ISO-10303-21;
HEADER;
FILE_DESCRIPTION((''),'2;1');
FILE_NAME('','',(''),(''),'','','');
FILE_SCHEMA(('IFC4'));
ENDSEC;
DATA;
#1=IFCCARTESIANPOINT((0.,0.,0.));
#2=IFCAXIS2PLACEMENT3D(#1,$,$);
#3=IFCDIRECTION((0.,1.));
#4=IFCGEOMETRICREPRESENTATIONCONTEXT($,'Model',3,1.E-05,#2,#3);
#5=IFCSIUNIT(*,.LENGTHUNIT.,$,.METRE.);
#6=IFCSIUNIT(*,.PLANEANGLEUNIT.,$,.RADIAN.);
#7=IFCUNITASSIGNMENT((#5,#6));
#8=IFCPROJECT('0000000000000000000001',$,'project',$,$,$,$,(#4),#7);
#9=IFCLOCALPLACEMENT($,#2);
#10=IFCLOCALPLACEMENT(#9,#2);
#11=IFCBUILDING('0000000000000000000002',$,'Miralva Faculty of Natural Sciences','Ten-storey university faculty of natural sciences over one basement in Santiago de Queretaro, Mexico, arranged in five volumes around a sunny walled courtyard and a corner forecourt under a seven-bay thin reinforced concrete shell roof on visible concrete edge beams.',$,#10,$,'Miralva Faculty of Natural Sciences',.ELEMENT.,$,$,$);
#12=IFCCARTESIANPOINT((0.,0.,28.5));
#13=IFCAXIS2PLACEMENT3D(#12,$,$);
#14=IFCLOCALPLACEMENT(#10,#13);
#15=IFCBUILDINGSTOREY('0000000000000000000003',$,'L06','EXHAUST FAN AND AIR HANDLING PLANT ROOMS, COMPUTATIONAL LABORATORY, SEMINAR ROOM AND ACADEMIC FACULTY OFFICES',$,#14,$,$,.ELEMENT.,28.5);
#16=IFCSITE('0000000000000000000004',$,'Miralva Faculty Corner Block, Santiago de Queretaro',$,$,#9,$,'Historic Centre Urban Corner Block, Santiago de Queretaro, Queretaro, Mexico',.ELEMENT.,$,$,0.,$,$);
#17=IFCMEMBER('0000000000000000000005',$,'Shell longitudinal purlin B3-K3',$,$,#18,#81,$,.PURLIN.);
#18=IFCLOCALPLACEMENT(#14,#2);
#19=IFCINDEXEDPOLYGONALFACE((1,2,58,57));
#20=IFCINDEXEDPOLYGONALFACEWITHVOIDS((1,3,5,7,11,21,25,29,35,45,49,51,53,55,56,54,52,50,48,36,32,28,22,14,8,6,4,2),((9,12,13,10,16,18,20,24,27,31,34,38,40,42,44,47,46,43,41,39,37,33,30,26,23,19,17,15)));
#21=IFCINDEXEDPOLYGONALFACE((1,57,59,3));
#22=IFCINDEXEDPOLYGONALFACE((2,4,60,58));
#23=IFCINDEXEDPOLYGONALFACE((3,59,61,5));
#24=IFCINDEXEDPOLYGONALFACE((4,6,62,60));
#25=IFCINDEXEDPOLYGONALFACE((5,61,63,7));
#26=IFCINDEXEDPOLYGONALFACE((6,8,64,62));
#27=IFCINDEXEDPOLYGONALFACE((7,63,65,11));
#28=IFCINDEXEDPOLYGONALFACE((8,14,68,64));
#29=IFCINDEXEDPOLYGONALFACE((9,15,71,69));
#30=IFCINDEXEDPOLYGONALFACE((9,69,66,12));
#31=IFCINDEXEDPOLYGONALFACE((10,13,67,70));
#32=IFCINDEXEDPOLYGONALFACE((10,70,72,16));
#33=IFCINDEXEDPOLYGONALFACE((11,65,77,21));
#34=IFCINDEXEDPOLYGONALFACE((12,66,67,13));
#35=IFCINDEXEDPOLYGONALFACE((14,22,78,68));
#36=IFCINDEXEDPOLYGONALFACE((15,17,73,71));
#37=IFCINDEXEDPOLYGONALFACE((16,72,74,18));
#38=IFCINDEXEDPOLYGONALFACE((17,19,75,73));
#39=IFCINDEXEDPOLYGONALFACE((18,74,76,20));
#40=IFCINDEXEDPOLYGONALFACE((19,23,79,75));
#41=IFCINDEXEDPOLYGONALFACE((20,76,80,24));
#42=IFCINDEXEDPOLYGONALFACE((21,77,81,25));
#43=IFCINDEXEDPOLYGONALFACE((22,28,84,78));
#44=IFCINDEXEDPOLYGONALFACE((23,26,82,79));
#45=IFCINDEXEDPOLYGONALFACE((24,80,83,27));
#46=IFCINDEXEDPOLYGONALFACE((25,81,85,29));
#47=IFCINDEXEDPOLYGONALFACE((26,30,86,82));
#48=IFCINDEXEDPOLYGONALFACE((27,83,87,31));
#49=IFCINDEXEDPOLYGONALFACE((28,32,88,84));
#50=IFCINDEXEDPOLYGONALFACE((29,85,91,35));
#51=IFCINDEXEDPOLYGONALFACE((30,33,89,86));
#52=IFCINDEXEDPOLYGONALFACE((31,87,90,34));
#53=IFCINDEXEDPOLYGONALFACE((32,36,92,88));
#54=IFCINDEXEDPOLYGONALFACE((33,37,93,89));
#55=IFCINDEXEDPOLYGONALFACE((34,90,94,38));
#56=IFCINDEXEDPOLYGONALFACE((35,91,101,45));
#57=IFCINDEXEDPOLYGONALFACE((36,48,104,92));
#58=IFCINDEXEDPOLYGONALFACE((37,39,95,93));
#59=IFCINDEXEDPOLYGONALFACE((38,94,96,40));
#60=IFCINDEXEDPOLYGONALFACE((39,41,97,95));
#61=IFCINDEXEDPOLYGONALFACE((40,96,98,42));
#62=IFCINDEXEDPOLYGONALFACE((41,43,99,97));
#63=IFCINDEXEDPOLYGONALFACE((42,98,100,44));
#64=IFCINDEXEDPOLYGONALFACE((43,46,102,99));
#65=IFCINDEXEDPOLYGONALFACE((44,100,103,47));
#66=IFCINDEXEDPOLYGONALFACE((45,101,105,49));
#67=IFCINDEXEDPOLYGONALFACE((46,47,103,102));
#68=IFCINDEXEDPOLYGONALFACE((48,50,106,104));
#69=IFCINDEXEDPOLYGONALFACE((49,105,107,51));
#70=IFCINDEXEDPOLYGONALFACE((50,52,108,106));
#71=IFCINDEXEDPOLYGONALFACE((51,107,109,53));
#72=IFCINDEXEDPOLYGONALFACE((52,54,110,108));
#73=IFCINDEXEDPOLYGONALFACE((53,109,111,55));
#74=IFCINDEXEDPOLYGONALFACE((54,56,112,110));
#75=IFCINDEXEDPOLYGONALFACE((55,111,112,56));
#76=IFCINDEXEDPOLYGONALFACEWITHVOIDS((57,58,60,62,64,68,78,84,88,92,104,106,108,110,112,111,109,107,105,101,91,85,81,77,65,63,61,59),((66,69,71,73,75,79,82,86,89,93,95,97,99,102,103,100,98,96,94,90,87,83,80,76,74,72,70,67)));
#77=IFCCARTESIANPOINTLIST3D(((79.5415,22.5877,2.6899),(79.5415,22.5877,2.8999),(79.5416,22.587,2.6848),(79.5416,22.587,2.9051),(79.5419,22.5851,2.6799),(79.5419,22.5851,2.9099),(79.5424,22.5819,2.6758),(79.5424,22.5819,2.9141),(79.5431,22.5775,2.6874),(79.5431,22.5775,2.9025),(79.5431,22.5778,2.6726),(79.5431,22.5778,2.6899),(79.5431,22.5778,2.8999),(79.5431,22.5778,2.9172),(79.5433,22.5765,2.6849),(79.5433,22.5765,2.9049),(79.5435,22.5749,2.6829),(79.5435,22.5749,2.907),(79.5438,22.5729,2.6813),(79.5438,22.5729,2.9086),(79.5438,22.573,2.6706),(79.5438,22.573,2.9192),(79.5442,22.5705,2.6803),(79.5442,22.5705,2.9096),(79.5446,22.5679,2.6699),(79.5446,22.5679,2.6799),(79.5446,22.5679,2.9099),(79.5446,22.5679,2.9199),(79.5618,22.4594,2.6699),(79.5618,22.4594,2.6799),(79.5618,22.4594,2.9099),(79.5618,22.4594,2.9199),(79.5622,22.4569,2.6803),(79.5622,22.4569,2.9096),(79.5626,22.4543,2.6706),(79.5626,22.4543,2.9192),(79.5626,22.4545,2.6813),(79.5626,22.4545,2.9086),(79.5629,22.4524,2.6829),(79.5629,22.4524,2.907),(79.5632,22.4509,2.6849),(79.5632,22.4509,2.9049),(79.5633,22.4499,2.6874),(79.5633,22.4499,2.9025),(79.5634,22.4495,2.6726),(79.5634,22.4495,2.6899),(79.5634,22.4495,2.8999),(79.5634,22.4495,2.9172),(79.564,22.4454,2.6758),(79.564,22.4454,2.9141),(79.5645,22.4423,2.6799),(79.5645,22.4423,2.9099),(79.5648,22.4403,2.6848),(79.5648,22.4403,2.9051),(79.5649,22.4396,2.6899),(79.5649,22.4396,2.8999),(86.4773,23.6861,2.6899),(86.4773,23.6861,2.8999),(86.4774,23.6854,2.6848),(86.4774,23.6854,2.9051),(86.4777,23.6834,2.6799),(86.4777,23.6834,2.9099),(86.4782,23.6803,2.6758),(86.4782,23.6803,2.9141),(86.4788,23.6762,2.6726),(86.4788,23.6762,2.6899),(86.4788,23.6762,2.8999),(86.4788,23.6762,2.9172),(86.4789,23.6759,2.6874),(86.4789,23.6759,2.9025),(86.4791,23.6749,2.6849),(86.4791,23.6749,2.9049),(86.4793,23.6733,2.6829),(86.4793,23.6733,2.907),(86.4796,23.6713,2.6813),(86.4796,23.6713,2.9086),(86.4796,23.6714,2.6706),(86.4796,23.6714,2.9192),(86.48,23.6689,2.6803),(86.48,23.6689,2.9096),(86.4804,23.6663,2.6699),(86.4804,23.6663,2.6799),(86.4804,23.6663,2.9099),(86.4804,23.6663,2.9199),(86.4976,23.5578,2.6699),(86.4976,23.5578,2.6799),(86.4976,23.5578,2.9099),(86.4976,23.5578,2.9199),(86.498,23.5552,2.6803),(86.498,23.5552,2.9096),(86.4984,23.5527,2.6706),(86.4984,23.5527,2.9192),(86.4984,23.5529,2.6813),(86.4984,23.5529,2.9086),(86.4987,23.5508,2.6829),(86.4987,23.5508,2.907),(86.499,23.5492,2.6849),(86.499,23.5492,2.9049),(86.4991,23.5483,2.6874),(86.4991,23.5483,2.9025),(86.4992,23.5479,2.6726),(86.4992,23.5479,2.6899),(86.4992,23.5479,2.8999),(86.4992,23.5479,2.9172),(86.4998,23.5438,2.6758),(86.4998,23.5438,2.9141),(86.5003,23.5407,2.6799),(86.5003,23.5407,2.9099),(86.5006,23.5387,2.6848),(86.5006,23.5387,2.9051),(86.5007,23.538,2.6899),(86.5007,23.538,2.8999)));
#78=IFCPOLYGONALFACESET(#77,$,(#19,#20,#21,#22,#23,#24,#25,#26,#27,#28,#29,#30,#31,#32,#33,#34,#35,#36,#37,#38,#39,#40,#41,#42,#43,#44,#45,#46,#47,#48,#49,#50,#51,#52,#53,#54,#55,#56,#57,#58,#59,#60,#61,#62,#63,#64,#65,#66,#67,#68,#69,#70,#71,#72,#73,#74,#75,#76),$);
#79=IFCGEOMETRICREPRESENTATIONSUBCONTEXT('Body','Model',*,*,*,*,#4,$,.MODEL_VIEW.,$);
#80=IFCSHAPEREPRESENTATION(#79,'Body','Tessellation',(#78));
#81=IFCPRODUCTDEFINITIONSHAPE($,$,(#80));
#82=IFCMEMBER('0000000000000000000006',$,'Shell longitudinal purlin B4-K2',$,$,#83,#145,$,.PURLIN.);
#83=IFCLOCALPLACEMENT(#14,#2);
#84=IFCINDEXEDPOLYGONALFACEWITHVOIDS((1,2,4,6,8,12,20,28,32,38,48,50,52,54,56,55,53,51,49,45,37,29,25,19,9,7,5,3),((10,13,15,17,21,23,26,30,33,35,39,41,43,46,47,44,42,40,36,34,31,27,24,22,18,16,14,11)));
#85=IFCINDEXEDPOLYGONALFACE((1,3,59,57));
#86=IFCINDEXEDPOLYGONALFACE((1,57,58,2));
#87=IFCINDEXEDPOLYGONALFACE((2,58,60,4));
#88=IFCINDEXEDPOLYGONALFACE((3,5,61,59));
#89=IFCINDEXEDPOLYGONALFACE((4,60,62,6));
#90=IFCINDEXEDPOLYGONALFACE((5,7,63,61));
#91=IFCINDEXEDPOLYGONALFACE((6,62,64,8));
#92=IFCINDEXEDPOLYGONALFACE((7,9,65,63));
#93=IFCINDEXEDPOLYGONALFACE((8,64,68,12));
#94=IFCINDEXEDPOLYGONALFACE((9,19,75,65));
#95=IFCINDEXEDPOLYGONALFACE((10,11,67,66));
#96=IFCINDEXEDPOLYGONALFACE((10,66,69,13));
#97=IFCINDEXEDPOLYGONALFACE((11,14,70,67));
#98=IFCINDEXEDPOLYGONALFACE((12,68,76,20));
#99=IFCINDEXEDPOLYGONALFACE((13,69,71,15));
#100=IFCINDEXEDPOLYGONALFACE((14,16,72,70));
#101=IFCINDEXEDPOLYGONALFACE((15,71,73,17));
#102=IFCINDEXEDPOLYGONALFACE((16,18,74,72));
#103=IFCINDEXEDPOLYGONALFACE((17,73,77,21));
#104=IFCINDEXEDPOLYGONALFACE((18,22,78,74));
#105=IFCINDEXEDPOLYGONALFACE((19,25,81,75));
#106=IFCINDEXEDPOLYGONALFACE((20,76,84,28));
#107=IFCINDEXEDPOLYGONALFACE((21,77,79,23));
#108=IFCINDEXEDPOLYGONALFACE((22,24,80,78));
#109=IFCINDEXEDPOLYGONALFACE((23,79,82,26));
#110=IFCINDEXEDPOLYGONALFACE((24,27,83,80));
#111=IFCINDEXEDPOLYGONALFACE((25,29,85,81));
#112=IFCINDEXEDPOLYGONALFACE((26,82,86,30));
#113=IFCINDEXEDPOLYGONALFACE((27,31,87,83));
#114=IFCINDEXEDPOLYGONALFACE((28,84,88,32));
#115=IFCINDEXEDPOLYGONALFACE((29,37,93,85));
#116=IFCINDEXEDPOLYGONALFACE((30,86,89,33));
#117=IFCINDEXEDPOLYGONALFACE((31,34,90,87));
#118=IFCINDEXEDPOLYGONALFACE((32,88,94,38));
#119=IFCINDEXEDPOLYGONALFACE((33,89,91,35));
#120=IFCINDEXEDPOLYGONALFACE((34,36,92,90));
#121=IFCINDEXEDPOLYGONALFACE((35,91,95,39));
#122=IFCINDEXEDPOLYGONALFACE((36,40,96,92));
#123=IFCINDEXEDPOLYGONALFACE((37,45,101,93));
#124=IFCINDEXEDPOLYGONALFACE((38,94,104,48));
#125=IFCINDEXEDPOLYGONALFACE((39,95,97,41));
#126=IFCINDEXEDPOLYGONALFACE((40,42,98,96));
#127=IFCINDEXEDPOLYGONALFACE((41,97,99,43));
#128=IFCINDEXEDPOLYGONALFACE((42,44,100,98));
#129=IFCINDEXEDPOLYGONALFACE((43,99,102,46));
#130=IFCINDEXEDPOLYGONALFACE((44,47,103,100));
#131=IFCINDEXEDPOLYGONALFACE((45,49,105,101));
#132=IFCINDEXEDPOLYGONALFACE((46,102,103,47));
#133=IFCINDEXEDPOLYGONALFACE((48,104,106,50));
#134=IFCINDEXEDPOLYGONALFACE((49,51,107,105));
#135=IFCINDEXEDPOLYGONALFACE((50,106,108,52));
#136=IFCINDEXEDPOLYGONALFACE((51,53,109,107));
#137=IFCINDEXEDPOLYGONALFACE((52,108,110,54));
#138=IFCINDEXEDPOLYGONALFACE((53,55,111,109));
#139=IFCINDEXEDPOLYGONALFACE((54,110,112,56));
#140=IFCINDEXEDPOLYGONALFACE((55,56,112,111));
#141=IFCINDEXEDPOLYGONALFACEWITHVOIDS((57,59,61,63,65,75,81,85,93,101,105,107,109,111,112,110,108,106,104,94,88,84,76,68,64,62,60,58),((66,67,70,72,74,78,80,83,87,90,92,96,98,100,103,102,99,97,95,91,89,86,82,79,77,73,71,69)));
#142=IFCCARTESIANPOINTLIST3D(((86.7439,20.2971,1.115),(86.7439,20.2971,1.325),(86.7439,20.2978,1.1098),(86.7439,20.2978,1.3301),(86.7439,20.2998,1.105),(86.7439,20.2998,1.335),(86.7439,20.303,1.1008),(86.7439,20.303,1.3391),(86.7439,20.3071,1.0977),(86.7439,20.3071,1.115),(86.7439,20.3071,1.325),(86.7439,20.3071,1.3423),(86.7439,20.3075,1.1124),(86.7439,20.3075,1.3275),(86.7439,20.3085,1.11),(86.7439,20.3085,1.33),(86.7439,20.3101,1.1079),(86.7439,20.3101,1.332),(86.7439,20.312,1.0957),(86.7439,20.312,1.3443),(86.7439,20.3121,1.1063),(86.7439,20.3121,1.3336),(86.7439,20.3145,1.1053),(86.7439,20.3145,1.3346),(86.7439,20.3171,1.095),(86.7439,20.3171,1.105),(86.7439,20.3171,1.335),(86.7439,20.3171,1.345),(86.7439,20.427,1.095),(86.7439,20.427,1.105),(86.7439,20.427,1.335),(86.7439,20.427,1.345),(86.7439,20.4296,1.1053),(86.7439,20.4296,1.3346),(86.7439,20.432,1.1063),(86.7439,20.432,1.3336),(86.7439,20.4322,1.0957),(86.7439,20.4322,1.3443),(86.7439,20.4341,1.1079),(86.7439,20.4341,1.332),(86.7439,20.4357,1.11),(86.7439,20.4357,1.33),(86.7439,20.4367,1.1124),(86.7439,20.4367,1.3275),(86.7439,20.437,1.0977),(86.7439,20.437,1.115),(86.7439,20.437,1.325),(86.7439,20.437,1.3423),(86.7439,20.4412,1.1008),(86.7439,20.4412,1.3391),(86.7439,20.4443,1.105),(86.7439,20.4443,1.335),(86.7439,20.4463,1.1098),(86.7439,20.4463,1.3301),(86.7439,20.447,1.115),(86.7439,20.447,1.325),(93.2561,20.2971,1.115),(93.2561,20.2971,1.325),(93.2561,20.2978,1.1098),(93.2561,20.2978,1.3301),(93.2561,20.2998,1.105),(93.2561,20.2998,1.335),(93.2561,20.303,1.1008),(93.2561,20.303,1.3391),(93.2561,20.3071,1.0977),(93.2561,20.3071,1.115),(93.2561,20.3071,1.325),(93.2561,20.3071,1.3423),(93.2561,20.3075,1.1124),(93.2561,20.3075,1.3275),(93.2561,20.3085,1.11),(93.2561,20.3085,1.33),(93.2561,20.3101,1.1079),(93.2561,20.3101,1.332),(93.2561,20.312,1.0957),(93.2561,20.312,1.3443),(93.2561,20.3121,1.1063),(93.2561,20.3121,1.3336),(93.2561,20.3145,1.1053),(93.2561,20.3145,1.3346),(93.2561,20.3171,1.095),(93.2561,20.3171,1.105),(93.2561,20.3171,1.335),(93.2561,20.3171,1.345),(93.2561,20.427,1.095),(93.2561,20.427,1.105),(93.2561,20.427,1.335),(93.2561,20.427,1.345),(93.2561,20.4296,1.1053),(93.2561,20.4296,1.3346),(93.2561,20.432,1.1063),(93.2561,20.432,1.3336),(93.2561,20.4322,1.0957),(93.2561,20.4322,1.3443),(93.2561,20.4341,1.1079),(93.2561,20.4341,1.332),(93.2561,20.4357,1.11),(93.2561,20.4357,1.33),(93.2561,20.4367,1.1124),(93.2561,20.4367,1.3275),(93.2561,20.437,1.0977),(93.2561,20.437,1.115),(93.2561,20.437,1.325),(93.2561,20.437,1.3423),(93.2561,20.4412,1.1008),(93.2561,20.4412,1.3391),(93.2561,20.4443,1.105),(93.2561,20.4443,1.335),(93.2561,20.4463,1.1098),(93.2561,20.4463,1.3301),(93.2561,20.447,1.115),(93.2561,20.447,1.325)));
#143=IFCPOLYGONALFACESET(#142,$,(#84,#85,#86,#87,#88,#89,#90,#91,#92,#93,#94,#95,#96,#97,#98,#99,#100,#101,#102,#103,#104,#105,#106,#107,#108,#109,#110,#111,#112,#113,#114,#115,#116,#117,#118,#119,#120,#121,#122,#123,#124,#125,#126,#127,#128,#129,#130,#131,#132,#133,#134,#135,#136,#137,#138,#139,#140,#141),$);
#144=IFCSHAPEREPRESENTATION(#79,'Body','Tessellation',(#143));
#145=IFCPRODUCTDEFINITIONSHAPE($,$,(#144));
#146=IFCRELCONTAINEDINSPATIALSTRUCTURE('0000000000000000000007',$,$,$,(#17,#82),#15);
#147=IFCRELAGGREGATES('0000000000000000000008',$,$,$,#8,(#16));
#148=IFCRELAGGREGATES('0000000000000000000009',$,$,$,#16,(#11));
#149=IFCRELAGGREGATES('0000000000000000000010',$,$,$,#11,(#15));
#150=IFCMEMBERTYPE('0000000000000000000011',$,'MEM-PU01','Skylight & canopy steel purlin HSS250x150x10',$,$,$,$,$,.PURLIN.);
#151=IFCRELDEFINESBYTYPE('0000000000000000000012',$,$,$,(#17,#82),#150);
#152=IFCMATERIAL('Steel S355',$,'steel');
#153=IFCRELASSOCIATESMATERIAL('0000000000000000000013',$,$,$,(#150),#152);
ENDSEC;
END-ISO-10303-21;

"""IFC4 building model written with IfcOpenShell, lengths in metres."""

from ifc_helpers import new_model, si_unit, direction, frame, origin, origin_2d, place, context, subcontext, project, spatial, hollow_rectangle, extrude, material, material_profile, profile_set, type_object, element, save


model = new_model("IFC4")

# Units and contexts
model_context = context("Model", 3, precision=1e-05, world=origin(), true_north=direction((0.0, 1.0)))
body_context = subcontext(model_context, "Body", "Model", "MODEL_VIEW")
ifc_project = project(units=[si_unit("LENGTHUNIT", "METRE"), si_unit("PLANEANGLEUNIT", "RADIAN")], contexts=[model_context])

# Site, building, storey
site_placement = place(None, origin())
site = spatial("IfcSite", under=ifc_project, at=site_placement, Name="Miralva Faculty Corner Block, Santiago de Queretaro", LongName="Historic Centre Urban Corner Block, Santiago de Queretaro, Queretaro, Mexico", CompositionType="ELEMENT", RefElevation=0.0)
building_placement = place(site_placement, origin())
building = spatial("IfcBuilding", under=site, at=building_placement, Name="Miralva Faculty of Natural Sciences", Description="Ten-storey university faculty of natural sciences over one basement in Santiago de Queretaro, Mexico, arranged in five volumes around a sunny walled courtyard and a corner forecourt under a seven-bay thin reinforced concrete shell roof on visible concrete edge beams.", LongName="Miralva Faculty of Natural Sciences", CompositionType="ELEMENT")
storey_placement = place(building_placement, frame((0.0, 0.0, 28.5)))
storey = spatial("IfcBuildingStorey", under=building, at=storey_placement, Name="L06", Description="EXHAUST FAN AND AIR HANDLING PLANT ROOMS, COMPUTATIONAL LABORATORY, SEMINAR ROOM AND ACADEMIC FACULTY OFFICES", CompositionType="ELEMENT", Elevation=28.5)

# Members
ifc_material_1 = material(Name="Steel S355", Category="steel")
ifc_material_profile_1 = material_profile(ifc_material_1, hollow_rectangle(XDim=0.1499, YDim=0.25, WallThickness=0.01, InnerFilletRadius=0.01, OuterFilletRadius=0.02, at=origin_2d()), Name="HSS 250x150x10")
ifc_profile_set_1 = profile_set([ifc_material_profile_1], Name="Steel S355")
member_type = type_object("IfcMemberType", Name="MEM-PU01", Description="Skylight & canopy steel purlin HSS250x150x10", PredefinedType="PURLIN", material=ifc_profile_set_1)
member_1_placement = place(storey_placement, frame((79.5532, 22.5137, 2.7949), z_axis=(0.987691, 0.156416, 0.0), x_axis=(-0.156416, 0.987691, 0.0)))
element("IfcMember", 1, at=member_1_placement, inside=storey, type_object=member_type, Name="Shell longitudinal purlin B3-K3", PredefinedType="PURLIN", context=body_context, shape_type="SweptSolid", body=[
    extrude(hollow_rectangle(XDim=0.1499, YDim=0.25, WallThickness=0.01, InnerFilletRadius=0.01, OuterFilletRadius=0.02, at=origin_2d()), origin(), (0.0, 0.0, 1.0), 7.0222),
])
member_2_placement = place(storey_placement, frame((86.7439, 20.3721, 1.22), z_axis=(1.0, 0.0, 0.0), x_axis=(0.0, 1.0, 0.0)))
element("IfcMember", 2, at=member_2_placement, inside=storey, type_object=member_type, Name="Shell longitudinal purlin B4-K2", PredefinedType="PURLIN", context=body_context, shape_type="SweptSolid", body=[
    extrude(hollow_rectangle(XDim=0.1499, YDim=0.25, WallThickness=0.01, InnerFilletRadius=0.01, OuterFilletRadius=0.02, at=origin_2d()), origin(), (0.0, 0.0, 1.0), 6.5122),
])

save(model, "model.ifc")
